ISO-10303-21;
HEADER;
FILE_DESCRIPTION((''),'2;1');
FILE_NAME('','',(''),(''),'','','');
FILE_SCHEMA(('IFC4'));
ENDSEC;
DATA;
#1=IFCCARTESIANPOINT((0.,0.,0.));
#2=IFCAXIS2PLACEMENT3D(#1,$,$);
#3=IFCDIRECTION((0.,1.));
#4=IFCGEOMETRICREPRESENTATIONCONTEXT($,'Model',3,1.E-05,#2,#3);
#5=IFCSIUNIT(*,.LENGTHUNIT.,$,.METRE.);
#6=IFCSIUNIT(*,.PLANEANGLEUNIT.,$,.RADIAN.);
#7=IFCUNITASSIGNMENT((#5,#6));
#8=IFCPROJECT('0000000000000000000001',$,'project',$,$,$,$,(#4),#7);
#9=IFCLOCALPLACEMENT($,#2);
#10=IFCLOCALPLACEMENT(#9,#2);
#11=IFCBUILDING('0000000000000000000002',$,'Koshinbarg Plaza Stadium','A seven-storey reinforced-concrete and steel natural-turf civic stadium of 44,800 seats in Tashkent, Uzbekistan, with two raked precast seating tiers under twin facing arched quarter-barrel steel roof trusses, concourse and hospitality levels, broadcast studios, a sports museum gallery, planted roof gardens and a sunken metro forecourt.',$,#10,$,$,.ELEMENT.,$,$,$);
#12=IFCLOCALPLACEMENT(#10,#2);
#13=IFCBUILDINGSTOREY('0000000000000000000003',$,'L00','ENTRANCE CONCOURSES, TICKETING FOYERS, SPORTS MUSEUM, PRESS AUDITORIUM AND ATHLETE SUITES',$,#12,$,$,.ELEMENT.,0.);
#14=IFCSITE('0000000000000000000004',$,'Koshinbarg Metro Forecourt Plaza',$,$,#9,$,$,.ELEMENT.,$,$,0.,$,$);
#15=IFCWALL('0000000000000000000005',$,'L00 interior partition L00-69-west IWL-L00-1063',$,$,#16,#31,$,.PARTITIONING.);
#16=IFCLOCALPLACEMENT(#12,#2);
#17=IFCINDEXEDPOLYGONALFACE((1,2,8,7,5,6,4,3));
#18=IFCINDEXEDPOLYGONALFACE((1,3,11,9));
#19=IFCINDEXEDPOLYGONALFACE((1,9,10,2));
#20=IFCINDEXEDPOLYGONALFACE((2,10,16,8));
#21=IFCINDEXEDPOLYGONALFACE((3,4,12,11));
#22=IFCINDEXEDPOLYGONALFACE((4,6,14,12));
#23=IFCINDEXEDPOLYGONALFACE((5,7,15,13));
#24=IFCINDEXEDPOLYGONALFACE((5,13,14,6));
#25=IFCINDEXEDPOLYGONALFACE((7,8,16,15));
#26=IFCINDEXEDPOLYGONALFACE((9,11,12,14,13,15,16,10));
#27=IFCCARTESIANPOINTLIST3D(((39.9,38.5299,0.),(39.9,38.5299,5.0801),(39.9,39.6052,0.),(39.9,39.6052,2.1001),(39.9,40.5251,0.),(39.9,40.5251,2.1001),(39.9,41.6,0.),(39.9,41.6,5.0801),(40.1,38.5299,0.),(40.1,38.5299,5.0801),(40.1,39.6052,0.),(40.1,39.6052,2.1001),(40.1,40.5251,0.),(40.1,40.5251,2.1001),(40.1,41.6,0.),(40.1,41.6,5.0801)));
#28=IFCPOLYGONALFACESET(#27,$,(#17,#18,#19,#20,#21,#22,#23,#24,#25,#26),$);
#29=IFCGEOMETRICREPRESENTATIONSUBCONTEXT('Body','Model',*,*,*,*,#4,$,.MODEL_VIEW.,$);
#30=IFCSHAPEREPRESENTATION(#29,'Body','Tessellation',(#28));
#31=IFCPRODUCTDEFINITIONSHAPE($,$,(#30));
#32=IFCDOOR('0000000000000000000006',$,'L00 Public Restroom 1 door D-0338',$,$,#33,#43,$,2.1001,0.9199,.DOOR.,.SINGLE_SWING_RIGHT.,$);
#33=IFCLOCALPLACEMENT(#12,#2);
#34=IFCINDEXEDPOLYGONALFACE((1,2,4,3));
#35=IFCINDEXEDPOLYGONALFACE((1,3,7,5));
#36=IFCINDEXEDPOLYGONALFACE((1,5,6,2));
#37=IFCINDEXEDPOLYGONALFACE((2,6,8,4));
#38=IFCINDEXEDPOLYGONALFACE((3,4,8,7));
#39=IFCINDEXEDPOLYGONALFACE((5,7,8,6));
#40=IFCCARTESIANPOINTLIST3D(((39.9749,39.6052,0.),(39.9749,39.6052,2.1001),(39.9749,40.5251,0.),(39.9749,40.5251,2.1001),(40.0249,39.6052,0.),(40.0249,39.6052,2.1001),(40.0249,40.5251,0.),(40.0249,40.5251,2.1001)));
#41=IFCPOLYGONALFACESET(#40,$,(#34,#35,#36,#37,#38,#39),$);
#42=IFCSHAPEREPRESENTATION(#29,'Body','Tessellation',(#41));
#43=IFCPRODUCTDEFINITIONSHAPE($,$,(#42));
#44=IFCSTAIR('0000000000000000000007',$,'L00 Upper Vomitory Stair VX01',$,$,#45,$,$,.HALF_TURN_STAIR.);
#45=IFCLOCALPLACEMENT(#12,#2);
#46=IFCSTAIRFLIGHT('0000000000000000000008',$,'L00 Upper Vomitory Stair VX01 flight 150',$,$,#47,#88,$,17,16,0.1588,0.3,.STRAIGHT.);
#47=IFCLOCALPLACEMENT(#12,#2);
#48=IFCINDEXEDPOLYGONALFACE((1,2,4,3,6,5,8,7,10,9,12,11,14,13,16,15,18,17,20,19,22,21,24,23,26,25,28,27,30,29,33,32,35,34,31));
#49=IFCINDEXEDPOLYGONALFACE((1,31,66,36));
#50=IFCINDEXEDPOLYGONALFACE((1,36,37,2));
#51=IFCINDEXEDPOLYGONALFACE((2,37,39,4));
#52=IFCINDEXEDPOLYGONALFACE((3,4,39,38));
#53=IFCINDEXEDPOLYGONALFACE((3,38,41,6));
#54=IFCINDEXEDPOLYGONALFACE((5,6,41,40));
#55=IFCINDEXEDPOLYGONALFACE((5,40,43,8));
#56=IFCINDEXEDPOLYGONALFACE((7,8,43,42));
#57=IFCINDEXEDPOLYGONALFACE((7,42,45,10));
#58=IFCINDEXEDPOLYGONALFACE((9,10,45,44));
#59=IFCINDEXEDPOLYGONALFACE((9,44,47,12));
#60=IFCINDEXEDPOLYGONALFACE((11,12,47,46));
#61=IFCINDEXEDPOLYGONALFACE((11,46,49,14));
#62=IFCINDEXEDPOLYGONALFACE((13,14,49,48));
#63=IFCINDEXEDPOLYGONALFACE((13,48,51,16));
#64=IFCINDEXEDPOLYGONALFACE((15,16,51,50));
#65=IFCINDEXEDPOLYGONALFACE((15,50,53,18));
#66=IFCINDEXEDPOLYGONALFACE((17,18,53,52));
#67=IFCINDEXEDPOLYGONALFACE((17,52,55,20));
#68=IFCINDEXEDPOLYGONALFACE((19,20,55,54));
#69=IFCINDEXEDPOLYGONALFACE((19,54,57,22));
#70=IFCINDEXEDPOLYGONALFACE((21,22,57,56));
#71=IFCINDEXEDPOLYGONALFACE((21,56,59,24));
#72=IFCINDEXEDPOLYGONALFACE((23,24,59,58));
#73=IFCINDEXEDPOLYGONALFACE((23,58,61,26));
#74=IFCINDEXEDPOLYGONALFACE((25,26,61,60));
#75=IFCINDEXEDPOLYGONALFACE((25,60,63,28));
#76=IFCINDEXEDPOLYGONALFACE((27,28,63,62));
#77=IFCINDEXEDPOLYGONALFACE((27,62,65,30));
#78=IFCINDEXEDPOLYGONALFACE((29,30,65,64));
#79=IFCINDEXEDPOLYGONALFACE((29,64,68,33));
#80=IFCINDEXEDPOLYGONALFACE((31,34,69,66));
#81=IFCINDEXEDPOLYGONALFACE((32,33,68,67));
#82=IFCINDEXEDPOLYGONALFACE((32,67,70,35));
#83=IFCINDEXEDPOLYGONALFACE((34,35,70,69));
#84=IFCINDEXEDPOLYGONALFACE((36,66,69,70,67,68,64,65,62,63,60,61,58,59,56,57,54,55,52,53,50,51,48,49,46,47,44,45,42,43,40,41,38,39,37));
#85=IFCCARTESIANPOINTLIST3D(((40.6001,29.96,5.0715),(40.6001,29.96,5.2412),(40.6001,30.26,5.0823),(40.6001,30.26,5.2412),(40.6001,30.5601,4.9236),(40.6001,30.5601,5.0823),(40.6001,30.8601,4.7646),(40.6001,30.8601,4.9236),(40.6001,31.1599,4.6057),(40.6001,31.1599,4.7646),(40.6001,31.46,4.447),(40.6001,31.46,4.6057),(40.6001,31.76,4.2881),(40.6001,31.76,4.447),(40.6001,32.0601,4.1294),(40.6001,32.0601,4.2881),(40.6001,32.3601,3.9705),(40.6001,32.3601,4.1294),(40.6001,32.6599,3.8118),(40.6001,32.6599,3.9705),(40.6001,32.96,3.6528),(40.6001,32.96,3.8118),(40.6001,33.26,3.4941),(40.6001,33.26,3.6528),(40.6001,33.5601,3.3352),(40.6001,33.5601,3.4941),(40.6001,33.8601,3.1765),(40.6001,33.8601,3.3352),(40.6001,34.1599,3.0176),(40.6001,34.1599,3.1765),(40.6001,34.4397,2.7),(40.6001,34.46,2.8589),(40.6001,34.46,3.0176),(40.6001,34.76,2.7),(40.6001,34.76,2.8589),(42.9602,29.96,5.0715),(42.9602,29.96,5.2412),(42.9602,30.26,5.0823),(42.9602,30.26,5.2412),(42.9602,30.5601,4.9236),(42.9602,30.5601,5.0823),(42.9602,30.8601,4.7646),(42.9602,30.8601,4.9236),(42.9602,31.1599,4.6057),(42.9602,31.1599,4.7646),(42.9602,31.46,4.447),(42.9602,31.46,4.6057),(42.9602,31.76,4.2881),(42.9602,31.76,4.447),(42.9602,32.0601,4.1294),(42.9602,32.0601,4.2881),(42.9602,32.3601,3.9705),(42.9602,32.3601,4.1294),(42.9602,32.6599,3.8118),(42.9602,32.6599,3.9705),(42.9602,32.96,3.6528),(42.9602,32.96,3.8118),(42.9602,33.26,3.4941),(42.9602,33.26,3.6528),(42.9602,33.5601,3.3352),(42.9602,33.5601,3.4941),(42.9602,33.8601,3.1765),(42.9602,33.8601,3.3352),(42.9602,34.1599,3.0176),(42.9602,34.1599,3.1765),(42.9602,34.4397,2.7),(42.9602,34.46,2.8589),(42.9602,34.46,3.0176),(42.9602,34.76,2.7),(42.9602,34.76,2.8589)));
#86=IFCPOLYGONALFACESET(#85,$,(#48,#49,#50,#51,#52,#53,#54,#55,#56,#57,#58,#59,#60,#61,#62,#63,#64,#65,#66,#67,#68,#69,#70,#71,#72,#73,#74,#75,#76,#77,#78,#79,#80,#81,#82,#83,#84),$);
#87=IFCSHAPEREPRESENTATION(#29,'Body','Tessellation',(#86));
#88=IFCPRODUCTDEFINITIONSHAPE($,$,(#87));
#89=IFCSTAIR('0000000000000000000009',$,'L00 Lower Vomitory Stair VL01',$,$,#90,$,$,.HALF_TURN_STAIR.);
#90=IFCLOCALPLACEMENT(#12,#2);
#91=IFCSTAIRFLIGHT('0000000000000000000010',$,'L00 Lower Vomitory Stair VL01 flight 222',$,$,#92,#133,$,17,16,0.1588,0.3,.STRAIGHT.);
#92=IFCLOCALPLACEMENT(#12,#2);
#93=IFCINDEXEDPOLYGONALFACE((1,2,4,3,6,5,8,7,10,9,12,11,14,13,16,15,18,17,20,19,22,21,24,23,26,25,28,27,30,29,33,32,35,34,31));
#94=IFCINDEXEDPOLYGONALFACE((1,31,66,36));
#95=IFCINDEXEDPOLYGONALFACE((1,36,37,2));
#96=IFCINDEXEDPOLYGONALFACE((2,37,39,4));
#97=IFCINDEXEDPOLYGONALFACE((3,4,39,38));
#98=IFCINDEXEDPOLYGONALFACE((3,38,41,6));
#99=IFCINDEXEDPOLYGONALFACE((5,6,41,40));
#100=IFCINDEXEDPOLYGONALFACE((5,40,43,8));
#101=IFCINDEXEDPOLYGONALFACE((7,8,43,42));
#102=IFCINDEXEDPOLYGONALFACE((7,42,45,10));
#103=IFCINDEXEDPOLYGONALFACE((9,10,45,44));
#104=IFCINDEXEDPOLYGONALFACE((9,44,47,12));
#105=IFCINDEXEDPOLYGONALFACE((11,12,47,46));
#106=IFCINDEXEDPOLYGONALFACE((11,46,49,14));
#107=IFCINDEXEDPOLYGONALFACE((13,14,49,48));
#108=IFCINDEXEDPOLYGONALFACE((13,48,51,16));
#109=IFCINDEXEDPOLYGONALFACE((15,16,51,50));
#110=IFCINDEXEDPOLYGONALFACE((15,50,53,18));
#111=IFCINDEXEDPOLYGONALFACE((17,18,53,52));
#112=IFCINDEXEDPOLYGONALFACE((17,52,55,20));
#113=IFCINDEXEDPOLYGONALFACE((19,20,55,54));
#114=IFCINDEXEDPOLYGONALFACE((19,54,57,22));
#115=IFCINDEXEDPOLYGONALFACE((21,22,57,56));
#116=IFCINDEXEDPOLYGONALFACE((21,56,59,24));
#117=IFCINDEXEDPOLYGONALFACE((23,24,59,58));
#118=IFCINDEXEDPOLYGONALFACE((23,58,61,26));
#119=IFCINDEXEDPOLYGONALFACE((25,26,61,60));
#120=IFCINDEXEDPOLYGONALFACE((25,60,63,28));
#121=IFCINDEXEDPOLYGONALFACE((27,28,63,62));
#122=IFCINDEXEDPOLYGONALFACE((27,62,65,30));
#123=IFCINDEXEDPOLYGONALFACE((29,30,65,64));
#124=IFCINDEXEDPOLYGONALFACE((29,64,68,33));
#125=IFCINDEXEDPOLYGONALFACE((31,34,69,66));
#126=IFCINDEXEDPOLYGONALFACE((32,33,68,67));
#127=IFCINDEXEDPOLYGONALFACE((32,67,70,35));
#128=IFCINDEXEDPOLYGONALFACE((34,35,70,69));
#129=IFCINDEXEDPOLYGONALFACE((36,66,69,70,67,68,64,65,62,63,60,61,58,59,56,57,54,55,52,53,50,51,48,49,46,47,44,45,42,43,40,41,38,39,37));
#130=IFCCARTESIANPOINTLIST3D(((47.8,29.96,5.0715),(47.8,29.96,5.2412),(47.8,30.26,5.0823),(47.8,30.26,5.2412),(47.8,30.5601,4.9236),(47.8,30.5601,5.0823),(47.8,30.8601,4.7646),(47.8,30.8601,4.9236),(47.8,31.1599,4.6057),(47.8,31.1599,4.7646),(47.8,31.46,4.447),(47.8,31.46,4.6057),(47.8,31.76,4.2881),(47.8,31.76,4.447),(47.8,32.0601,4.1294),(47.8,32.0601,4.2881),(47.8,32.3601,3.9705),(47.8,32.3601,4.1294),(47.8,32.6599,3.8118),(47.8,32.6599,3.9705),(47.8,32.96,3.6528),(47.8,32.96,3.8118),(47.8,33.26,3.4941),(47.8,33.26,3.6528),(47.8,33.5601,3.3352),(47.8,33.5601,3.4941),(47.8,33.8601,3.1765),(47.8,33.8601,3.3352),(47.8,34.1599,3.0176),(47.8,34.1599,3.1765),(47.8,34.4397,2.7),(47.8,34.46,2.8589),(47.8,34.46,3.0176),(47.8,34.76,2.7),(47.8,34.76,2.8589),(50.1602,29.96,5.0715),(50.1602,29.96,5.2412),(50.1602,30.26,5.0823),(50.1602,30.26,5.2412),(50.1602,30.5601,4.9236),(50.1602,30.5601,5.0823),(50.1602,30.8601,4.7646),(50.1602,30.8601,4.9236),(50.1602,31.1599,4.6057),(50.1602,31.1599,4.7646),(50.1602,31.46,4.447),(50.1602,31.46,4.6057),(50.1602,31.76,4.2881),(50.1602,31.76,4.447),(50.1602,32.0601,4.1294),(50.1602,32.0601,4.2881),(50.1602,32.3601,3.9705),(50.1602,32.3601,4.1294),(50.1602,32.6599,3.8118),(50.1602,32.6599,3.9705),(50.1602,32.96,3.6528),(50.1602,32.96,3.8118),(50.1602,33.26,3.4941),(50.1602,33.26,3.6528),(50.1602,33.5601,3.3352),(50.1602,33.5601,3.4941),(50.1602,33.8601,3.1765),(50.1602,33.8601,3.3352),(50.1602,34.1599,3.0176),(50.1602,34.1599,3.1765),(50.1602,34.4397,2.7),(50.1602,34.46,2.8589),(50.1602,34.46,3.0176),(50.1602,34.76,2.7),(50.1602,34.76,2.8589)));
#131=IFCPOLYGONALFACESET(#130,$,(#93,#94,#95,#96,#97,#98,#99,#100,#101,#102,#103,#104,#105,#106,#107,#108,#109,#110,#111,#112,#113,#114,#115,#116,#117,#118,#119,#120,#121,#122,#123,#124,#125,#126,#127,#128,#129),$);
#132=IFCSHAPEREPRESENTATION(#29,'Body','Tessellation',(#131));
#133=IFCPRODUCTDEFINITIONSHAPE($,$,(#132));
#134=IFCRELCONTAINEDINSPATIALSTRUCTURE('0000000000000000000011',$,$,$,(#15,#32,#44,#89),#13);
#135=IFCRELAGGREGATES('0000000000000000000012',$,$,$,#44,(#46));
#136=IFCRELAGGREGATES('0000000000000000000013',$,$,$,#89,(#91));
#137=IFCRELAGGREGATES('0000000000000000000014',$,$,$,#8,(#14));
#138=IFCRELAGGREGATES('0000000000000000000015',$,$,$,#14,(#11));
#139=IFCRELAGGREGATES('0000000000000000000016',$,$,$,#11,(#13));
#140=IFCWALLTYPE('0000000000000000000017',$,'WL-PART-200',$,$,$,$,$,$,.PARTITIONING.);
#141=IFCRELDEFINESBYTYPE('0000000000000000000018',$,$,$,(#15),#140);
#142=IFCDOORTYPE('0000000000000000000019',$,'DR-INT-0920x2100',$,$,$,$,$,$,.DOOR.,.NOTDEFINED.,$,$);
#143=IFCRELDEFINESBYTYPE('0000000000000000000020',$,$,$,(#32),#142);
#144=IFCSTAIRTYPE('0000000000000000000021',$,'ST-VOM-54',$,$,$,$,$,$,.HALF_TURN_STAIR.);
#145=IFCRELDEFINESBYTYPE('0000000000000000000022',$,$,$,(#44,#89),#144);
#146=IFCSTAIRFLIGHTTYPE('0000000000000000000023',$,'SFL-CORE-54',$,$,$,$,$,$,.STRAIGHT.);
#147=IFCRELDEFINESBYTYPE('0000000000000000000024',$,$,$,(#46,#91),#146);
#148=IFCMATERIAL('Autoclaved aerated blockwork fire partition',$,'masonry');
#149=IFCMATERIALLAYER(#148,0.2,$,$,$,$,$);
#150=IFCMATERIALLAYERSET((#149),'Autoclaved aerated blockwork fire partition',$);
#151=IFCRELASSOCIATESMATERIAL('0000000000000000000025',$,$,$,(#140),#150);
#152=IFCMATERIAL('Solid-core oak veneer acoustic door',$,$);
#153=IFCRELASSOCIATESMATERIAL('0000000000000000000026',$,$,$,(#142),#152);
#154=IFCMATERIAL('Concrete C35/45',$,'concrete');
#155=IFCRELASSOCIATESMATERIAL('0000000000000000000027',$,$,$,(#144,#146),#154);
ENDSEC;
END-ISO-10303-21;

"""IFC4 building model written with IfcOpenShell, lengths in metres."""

from ifc_helpers import new_model, si_unit, direction, frame, frame_2d, origin, place, context, subcontext, project, spatial, polyline, rectangle, outline, extrude, material, layer, layer_set, type_object, element, fill, aggregate, save


model = new_model("IFC4")

# Units and contexts
model_context = context("Model", 3, precision=1e-05, world=origin(), true_north=direction((0.0, 1.0)))
body_context = subcontext(model_context, "Body", "Model", "MODEL_VIEW")
ifc_project = project(units=[si_unit("LENGTHUNIT", "METRE"), si_unit("PLANEANGLEUNIT", "RADIAN")], contexts=[model_context])

# Site, building, storey
site_placement = place(None, origin())
site = spatial("IfcSite", under=ifc_project, at=site_placement, Name="Koshinbarg Metro Forecourt Plaza", CompositionType="ELEMENT", RefElevation=0.0)
building_placement = place(site_placement, origin())
building = spatial("IfcBuilding", under=site, at=building_placement, Name="Koshinbarg Plaza Stadium", Description="A seven-storey reinforced-concrete and steel natural-turf civic stadium of 44,800 seats in Tashkent, Uzbekistan, with two raked precast seating tiers under twin facing arched quarter-barrel steel roof trusses, concourse and hospitality levels, broadcast studios, a sports museum gallery, planted roof gardens and a sunken metro forecourt.", CompositionType="ELEMENT")
storey_placement = place(building_placement, origin())
storey = spatial("IfcBuildingStorey", under=building, at=storey_placement, Name="L00", Description="ENTRANCE CONCOURSES, TICKETING FOYERS, SPORTS MUSEUM, PRESS AUDITORIUM AND ATHLETE SUITES", CompositionType="ELEMENT", Elevation=0.0)

# Shared definitions
ifc_material_1 = material(Name="Concrete C35/45", Category="concrete")

# Shared definitions
ifc_material_2 = material(Name="Autoclaved aerated blockwork fire partition", Category="masonry")
ifc_layer_1 = layer(ifc_material_2, 0.2)
ifc_layer_set_1 = layer_set([ifc_layer_1], Name="Autoclaved aerated blockwork fire partition")
wall_type_1 = type_object("IfcWallType", Name="WL-PART-200", PredefinedType="PARTITIONING", material=ifc_layer_set_1)

# Wall, opening, door
wall_1_placement = place(storey_placement, frame((40.0, 41.6001, 0.0), z_axis=(0.0, 0.0, 1.0), x_axis=(0.0, -1.0, 0.0)))
wall_1 = element("IfcWall", 1, at=wall_1_placement, inside=storey, type_object=wall_type_1, Name="L00 interior partition L00-69-west IWL-L00-1063", PredefinedType="PARTITIONING", context=body_context, shape_type="SweptSolid", body=[
    extrude(rectangle(XDim=3.0701, YDim=0.2, at=frame_2d((1.5352, 0.0))), origin(), (0.0, 0.0, 1.0), 5.0801),
])
opening_1_placement = place(wall_1_placement, frame((1.075, 0.0, 0.0)))
opening_1 = element("IfcOpeningElement", 2, at=opening_1_placement, cuts=wall_1, PredefinedType="OPENING", context=body_context, shape_type="SweptSolid", body=[
    extrude(rectangle(XDim=0.9199, YDim=2.1001, at=frame_2d((0.46, 1.05))), frame((0.0, 0.1099, 0.0), z_axis=(0.0, -1.0, 0.0), x_axis=(1.0, 0.0, 0.0)), (0.0, 0.0, 1.0), 0.22),
])
ifc_material_3 = material(Name="Solid-core oak veneer acoustic door")
door_type_1 = type_object("IfcDoorType", Name="DR-INT-0920x2100", OperationType="NOTDEFINED", PredefinedType="DOOR", material=ifc_material_3)
door_1_placement = place(opening_1_placement, origin())
door_1 = element("IfcDoor", 3, at=door_1_placement, inside=storey, type_object=door_type_1, Name="L00 Public Restroom 1 door D-0338", OperationType="SINGLE_SWING_RIGHT", OverallHeight=2.1001, OverallWidth=0.9199, PredefinedType="DOOR", context=body_context, shape_type="SweptSolid", body=[
    extrude(rectangle(XDim=0.9199, YDim=2.1001, at=frame_2d((0.46, 1.05))), frame((0.0, 0.0249, 0.0), z_axis=(0.0, -1.0, 0.0), x_axis=(1.0, 0.0, 0.0)), (0.0, 0.0, 1.0), 0.05),
])
fill(opening_1, door_1)

# Stairs, stair flights
stair_type = type_object("IfcStairType", Name="ST-VOM-54", PredefinedType="HALF_TURN_STAIR", material=ifc_material_1)
stair_1_placement = place(storey_placement, origin())
stair_1 = element("IfcStair", 4, at=stair_1_placement, inside=storey, type_object=stair_type, Name="L00 Upper Vomitory Stair VX01", PredefinedType="HALF_TURN_STAIR")
stair_flight_type = type_object("IfcStairFlightType", Name="SFL-CORE-54", PredefinedType="STRAIGHT", material=ifc_material_1)
stair_flight_1_placement = place(storey_placement, frame((41.78, 34.76, 2.7), z_axis=(0.0, 0.0, 1.0), x_axis=(0.0, -1.0, 0.0)))
stair_flight_1 = element("IfcStairFlight", 5, at=stair_flight_1_placement, type_object=stair_flight_type, Name="L00 Upper Vomitory Stair VX01 flight 150", NumberOfRisers=17, NumberOfTreads=16, PredefinedType="STRAIGHT", RiserHeight=0.1588, TreadLength=0.3, context=body_context, shape_type="SweptSolid", body=[
    extrude(outline(polyline([(0.0, 0.0), (0.0, 0.1589), (0.3, 0.1589), (0.3, 0.3176), (0.6001, 0.3176), (0.6001, 0.4766), (0.8999, 0.4766), (0.8999, 0.6353), (1.2, 0.6353), (1.2, 0.7942), (1.5, 0.7942), (1.5, 0.9529), (1.8, 0.9529), (1.8, 1.1118), (2.1001, 1.1118), (2.1001, 1.2705), (2.3999, 1.2705), (2.3999, 1.4294), (2.7, 1.4294), (2.7, 1.5881), (3.0, 1.5881), (3.0, 1.7471), (3.3, 1.7471), (3.3, 1.9058), (3.6001, 1.9058), (3.6001, 2.0647), (3.8999, 2.0647), (3.8999, 2.2236), (4.2, 2.2236), (4.2, 2.3823), (4.5, 2.3823), (4.5, 2.5413), (4.8, 2.5413), (4.8, 2.7), (4.8, 2.3716), (0.3203, 0.0), (0.0, 0.0)])), frame((0.0, 1.1802, 0.0), z_axis=(0.0, -1.0, 0.0), x_axis=(1.0, 0.0, 0.0)), (0.0, 0.0, 1.0), 2.3601),
])
aggregate(stair_1, [stair_flight_1])
stair_2_placement = place(storey_placement, origin())
stair_2 = element("IfcStair", 6, at=stair_2_placement, inside=storey, type_object=stair_type, Name="L00 Lower Vomitory Stair VL01", PredefinedType="HALF_TURN_STAIR")
stair_flight_2_placement = place(storey_placement, frame((48.98, 34.76, 2.7), z_axis=(0.0, 0.0, 1.0), x_axis=(0.0, -1.0, 0.0)))
stair_flight_2 = element("IfcStairFlight", 7, at=stair_flight_2_placement, type_object=stair_flight_type, Name="L00 Lower Vomitory Stair VL01 flight 222", NumberOfRisers=17, NumberOfTreads=16, PredefinedType="STRAIGHT", RiserHeight=0.1588, TreadLength=0.3, context=body_context, shape_type="SweptSolid", body=[
    extrude(outline(polyline([(0.0, 0.0), (0.0, 0.1589), (0.3, 0.1589), (0.3, 0.3176), (0.6001, 0.3176), (0.6001, 0.4766), (0.8999, 0.4766), (0.8999, 0.6353), (1.2, 0.6353), (1.2, 0.7942), (1.5, 0.7942), (1.5, 0.9529), (1.8, 0.9529), (1.8, 1.1118), (2.1001, 1.1118), (2.1001, 1.2705), (2.3999, 1.2705), (2.3999, 1.4294), (2.7, 1.4294), (2.7, 1.5881), (3.0, 1.5881), (3.0, 1.7471), (3.3, 1.7471), (3.3, 1.9058), (3.6001, 1.9058), (3.6001, 2.0647), (3.8999, 2.0647), (3.8999, 2.2236), (4.2, 2.2236), (4.2, 2.3823), (4.5, 2.3823), (4.5, 2.5413), (4.8, 2.5413), (4.8, 2.7), (4.8, 2.3716), (0.3203, 0.0), (0.0, 0.0)])), frame((0.0, 1.1802, 0.0), z_axis=(0.0, -1.0, 0.0), x_axis=(1.0, 0.0, 0.0)), (0.0, 0.0, 1.0), 2.3601),
])
aggregate(stair_2, [stair_flight_2])

save(model, "model.ifc")
